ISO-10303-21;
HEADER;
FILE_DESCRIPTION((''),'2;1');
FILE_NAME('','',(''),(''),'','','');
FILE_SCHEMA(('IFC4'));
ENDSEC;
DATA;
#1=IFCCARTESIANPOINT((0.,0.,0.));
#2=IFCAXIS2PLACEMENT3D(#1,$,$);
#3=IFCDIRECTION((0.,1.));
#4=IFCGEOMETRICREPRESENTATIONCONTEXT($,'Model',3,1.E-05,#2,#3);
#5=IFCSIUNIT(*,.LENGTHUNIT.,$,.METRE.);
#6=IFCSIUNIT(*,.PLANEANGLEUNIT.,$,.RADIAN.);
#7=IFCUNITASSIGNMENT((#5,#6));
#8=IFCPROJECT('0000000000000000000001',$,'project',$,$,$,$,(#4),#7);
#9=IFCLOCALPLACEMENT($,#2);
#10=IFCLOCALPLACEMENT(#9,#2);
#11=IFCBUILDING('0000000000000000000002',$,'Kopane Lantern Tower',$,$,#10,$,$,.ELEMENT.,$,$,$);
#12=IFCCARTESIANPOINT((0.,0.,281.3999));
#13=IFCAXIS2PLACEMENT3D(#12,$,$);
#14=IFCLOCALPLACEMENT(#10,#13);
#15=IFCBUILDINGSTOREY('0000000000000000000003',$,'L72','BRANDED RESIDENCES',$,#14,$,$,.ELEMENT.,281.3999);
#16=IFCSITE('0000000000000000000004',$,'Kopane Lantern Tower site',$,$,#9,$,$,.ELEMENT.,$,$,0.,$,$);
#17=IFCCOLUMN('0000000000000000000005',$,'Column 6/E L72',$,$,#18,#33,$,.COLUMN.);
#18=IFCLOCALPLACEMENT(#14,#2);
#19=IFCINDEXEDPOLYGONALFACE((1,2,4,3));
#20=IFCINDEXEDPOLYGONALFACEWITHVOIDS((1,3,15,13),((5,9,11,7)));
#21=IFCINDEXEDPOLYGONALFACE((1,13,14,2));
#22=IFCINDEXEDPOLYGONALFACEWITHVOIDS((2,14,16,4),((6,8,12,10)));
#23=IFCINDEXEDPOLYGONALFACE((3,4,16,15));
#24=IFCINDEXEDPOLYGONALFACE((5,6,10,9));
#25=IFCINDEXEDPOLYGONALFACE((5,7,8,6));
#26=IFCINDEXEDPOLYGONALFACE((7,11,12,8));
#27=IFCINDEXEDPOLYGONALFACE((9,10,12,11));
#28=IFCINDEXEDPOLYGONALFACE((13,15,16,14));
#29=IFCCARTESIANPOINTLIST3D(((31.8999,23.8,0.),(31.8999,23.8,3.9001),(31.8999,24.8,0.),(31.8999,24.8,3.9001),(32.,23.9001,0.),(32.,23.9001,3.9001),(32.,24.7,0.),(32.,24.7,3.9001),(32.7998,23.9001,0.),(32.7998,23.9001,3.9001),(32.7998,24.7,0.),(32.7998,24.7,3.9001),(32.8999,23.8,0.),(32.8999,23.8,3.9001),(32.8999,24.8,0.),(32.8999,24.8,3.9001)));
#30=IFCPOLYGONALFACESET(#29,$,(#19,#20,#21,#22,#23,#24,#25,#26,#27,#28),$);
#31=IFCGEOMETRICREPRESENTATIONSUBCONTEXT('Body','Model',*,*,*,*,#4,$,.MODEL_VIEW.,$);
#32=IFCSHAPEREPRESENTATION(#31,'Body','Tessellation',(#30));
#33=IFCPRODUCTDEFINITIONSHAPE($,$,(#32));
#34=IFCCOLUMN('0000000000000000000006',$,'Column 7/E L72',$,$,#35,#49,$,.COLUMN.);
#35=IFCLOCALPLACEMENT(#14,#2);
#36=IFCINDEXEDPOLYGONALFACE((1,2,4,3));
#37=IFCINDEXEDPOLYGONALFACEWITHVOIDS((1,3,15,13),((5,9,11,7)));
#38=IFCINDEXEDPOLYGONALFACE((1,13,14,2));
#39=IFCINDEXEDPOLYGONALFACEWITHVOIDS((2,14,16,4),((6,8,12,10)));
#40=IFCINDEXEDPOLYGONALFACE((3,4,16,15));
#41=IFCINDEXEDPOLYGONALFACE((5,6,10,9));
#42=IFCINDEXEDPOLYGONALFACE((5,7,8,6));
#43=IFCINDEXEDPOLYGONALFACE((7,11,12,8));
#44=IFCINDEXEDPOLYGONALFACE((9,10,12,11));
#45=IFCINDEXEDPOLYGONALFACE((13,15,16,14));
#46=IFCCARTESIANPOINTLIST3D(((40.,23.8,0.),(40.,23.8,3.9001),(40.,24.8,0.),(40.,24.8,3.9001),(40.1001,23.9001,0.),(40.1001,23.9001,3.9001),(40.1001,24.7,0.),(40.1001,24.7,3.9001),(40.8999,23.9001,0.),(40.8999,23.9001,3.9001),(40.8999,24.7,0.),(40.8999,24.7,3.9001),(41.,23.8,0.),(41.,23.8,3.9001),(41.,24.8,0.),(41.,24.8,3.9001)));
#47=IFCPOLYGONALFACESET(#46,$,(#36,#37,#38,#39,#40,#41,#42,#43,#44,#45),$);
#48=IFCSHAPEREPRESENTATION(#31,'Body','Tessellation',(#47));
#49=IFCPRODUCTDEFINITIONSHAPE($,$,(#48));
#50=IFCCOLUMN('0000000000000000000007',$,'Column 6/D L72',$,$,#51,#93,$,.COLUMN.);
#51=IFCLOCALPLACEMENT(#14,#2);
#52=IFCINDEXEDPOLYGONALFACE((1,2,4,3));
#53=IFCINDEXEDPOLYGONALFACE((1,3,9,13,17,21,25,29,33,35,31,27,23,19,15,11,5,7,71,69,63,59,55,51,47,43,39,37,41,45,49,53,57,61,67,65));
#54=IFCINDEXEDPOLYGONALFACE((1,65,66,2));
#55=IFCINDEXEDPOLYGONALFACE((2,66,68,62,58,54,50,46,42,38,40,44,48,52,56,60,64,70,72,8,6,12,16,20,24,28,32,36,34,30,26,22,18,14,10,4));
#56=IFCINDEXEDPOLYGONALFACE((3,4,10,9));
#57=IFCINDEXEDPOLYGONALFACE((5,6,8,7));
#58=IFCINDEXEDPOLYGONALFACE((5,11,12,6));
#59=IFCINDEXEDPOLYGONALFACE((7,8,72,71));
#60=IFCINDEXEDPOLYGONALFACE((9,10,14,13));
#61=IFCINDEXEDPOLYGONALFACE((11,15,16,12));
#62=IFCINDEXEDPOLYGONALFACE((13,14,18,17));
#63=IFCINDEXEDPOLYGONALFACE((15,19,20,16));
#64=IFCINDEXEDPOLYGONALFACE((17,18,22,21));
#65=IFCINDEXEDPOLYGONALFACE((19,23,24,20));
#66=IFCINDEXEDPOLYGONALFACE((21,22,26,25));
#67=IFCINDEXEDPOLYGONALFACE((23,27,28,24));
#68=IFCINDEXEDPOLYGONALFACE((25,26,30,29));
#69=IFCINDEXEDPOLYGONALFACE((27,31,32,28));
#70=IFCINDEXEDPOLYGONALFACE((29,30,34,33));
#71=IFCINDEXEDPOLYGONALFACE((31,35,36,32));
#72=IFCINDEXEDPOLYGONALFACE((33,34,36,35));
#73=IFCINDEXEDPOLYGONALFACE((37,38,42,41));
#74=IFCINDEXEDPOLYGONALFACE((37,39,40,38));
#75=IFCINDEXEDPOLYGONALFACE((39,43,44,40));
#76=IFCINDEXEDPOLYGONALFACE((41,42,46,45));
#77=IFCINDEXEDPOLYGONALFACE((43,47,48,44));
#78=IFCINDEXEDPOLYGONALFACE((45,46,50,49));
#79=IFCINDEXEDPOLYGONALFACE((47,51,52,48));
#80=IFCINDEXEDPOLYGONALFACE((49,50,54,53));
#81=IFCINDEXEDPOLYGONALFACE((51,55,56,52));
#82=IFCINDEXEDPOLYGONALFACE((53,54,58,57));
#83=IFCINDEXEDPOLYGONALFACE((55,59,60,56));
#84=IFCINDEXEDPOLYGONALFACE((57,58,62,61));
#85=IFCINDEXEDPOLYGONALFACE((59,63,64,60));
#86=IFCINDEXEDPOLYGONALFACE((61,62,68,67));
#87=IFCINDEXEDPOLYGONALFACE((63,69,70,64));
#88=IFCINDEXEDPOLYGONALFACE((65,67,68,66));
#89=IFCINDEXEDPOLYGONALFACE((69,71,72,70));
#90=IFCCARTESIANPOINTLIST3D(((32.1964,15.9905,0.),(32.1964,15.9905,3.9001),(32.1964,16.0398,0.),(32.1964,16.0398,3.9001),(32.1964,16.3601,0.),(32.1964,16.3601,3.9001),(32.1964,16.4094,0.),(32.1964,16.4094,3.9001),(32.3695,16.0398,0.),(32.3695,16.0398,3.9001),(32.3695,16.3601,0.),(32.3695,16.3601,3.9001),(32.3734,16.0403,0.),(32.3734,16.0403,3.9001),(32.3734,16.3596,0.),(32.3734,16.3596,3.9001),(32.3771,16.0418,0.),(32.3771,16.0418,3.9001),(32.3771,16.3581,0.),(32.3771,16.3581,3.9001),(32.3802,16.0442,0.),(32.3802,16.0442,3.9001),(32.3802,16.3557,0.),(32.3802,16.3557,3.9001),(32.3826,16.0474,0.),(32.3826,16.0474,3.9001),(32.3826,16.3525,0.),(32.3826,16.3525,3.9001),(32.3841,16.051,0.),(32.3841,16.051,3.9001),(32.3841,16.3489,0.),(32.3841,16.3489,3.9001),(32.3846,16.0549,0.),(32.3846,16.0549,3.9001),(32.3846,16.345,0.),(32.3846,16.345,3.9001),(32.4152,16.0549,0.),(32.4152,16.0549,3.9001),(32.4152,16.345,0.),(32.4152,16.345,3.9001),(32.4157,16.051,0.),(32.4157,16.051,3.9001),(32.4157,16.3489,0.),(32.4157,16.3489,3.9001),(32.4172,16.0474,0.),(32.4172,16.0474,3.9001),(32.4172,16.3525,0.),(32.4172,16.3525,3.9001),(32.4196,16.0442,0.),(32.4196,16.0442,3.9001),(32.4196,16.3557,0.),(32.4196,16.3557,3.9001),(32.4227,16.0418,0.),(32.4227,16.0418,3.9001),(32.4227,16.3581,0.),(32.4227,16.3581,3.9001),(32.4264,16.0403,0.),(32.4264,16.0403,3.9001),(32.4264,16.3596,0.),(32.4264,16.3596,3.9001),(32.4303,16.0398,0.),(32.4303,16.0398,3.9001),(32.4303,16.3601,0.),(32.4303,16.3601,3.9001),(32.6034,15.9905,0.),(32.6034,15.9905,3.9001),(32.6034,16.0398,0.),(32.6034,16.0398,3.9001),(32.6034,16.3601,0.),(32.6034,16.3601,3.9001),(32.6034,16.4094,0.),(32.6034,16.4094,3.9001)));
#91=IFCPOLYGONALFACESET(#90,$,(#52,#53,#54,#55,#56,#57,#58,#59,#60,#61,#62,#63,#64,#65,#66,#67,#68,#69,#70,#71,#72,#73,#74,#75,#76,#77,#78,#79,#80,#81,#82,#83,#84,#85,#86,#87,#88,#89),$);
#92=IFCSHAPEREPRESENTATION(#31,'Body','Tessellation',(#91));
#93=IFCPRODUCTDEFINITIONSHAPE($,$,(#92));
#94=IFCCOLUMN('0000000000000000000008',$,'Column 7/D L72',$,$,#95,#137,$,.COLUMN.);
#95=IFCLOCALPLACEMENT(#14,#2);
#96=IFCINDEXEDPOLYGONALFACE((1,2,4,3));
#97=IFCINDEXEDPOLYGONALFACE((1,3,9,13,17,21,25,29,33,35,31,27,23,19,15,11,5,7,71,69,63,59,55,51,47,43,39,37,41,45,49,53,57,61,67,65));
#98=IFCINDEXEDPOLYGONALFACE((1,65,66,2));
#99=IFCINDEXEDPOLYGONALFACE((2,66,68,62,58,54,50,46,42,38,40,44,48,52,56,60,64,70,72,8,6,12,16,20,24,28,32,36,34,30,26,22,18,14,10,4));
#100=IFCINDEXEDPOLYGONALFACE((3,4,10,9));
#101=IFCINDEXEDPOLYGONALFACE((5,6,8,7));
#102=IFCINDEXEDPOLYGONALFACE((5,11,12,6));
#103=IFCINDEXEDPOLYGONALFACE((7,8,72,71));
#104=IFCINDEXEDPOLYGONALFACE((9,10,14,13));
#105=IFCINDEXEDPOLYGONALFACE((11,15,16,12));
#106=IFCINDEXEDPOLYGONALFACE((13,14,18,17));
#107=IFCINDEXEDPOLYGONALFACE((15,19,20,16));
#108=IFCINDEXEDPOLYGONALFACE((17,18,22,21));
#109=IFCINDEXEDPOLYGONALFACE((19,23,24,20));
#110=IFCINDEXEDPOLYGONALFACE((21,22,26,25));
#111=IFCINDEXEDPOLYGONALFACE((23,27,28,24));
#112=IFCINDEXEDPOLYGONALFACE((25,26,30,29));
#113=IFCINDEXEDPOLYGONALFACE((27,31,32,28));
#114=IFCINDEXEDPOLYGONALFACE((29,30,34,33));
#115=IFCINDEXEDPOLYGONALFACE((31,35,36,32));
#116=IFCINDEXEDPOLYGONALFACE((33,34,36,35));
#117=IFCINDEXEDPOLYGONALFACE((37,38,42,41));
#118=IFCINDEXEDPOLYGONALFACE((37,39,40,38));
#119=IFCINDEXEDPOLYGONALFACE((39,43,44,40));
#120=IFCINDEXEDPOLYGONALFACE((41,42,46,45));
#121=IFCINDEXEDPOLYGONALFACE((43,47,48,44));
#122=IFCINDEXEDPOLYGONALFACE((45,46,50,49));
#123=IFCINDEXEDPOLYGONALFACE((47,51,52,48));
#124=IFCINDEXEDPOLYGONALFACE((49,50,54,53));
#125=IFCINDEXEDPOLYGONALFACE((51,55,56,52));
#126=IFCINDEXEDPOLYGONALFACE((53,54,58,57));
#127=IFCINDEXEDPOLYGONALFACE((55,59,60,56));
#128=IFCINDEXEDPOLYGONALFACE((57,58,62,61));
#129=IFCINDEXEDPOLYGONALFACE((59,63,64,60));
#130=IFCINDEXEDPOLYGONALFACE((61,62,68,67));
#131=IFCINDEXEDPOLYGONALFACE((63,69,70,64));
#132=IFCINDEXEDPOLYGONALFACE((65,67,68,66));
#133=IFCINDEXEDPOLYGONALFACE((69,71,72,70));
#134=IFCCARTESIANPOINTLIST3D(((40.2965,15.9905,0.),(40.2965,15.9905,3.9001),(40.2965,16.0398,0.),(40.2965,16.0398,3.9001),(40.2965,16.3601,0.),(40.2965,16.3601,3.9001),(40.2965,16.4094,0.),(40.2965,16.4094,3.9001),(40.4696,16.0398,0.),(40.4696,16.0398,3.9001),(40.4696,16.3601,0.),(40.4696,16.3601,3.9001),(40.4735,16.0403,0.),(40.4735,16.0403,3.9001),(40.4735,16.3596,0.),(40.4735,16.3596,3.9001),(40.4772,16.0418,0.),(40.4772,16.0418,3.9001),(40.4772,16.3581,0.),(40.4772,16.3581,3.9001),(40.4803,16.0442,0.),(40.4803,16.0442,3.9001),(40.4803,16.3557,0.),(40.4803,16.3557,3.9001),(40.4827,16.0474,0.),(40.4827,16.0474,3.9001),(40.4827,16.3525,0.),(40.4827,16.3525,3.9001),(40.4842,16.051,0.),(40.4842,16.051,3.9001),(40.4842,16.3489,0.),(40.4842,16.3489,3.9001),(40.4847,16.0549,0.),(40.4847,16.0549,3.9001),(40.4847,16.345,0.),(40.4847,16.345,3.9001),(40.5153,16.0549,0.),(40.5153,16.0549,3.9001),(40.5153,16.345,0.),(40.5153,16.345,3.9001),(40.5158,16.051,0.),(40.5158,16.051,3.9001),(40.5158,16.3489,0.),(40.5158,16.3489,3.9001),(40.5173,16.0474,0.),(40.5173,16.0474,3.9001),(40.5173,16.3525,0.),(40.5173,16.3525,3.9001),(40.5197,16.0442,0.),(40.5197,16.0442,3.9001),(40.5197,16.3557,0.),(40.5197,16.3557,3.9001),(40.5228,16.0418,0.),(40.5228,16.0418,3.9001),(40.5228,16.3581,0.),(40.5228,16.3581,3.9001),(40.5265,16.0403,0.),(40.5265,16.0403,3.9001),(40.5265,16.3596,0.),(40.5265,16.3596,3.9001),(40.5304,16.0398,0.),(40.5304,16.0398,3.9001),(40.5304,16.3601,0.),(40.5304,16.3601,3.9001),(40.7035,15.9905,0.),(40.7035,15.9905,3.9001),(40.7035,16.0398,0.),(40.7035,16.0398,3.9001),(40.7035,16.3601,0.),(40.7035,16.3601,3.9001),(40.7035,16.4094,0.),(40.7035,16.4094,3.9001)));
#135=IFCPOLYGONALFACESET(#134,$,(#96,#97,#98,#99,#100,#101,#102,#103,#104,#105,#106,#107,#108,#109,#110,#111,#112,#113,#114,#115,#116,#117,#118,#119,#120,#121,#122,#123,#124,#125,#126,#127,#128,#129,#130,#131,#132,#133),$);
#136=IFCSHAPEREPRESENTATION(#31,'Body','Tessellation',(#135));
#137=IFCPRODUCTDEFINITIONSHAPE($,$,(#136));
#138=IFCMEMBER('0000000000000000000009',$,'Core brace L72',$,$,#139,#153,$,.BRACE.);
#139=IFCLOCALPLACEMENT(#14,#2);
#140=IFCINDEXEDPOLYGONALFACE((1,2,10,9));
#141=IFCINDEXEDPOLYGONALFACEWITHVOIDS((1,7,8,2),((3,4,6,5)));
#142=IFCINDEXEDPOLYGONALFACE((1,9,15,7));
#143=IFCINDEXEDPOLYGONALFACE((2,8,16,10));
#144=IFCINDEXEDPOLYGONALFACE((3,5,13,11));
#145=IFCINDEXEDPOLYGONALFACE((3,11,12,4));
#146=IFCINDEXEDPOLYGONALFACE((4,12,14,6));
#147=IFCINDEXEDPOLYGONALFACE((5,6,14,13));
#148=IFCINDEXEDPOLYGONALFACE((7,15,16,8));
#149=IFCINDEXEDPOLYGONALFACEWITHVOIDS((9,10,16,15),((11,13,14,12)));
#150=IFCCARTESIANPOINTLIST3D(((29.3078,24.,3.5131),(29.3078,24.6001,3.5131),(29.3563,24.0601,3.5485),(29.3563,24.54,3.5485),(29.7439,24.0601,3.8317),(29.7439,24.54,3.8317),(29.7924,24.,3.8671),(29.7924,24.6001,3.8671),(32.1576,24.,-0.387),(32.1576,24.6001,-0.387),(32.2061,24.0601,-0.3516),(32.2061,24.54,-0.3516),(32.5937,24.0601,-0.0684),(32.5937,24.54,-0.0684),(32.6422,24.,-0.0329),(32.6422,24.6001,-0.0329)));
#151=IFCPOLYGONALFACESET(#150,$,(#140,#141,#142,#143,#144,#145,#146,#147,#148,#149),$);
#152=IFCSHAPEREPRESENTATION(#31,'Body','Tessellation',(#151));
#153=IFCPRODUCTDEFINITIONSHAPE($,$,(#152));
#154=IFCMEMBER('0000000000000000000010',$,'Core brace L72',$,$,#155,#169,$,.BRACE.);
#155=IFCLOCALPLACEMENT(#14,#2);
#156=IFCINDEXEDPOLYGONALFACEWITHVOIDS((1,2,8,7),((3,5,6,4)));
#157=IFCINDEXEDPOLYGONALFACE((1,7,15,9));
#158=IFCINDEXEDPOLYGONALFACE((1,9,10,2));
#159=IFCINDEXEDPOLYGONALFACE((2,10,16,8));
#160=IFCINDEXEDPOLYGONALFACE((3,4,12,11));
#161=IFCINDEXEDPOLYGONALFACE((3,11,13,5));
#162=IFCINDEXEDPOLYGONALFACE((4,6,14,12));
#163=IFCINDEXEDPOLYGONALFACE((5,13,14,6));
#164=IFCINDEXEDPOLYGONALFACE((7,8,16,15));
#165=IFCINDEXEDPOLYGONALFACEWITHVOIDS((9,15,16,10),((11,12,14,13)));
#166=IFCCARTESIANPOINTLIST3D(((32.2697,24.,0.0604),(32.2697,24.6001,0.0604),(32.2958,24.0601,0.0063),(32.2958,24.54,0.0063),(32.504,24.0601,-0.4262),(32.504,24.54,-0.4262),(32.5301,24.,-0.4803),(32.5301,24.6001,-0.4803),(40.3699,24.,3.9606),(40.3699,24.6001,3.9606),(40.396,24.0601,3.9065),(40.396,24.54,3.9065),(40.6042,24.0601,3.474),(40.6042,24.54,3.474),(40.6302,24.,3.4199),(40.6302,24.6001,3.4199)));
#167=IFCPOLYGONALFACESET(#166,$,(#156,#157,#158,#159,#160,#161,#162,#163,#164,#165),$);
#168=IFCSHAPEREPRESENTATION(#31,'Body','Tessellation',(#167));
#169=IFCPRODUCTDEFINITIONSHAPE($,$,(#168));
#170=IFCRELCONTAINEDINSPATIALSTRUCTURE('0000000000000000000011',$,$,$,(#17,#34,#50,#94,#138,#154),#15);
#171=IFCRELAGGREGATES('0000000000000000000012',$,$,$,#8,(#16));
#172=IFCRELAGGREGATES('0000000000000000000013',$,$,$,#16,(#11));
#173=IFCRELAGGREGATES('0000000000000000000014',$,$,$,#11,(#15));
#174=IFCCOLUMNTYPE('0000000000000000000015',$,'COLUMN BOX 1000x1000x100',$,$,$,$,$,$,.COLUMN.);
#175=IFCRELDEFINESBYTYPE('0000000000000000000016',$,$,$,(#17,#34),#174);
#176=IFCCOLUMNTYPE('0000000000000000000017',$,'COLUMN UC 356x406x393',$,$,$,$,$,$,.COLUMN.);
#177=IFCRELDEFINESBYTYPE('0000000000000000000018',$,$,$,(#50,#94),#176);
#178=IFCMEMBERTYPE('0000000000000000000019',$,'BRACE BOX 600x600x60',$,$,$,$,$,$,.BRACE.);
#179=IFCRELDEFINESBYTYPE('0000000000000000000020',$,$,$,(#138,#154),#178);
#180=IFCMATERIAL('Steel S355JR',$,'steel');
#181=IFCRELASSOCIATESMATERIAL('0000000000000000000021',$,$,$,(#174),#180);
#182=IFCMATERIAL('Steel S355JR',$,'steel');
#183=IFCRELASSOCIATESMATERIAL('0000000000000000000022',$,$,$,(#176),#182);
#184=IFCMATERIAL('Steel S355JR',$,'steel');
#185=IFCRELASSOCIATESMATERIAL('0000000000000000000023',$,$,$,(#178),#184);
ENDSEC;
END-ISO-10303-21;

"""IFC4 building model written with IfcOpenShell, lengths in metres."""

from ifc_helpers import new_model, si_unit, direction, frame, origin, origin_2d, place, context, subcontext, project, spatial, hollow_rectangle, i_section, extrude, material, material_profile, profile_set, type_object, element, save


model = new_model("IFC4")

# Units and contexts
model_context = context("Model", 3, precision=1e-05, world=origin(), true_north=direction((0.0, 1.0)))
body_context = subcontext(model_context, "Body", "Model", "MODEL_VIEW")
ifc_project = project(units=[si_unit("LENGTHUNIT", "METRE"), si_unit("PLANEANGLEUNIT", "RADIAN")], contexts=[model_context])

# Site, building, storey
site_placement = place(None, origin())
site = spatial("IfcSite", under=ifc_project, at=site_placement, Name="Kopane Lantern Tower site", CompositionType="ELEMENT", RefElevation=0.0)
building_placement = place(site_placement, origin())
building = spatial("IfcBuilding", under=site, at=building_placement, Name="Kopane Lantern Tower", CompositionType="ELEMENT")
storey_placement = place(building_placement, frame((0.0, 0.0, 281.3999)))
storey = spatial("IfcBuildingStorey", under=building, at=storey_placement, Name="L72", Description="BRANDED RESIDENCES", CompositionType="ELEMENT", Elevation=281.3999)

# Columns
ifc_material_1 = material(Name="Steel S355JR", Category="steel")
ifc_material_profile_1 = material_profile(ifc_material_1, hollow_rectangle(XDim=1.0, YDim=1.0, WallThickness=0.1001, at=origin_2d()), Name="BOX 1000x1000x100")
ifc_profile_set_1 = profile_set([ifc_material_profile_1], Name="Steel S355JR")
column_type_1 = type_object("IfcColumnType", Name="COLUMN BOX 1000x1000x100", PredefinedType="COLUMN", material=ifc_profile_set_1)
for number, where, z_axis, x_axis, name in (
    (1, (32.3999, 24.3, 0.0), (0.0, 0.0, 1.0), (1.0, 0.0, 0.0), "Column 6/E L72"),
    (2, (40.5, 24.3, 0.0), (0.0, 0.0, 1.0), (1.0, 0.0, 0.0), "Column 7/E L72"),
):
    element("IfcColumn", number, at=place(storey_placement, frame(where, z_axis=z_axis, x_axis=x_axis)), inside=storey, type_object=column_type_1, Name=name, PredefinedType="COLUMN", context=body_context, shape_type="SweptSolid", body=[
        extrude(hollow_rectangle(XDim=1.0, YDim=1.0, WallThickness=0.1001, at=origin_2d()), origin(), (0.0, 0.0, 1.0), 3.9001),
    ])
ifc_material_2 = material(Name="Steel S355JR", Category="steel")
ifc_material_profile_2 = material_profile(ifc_material_2, i_section(OverallWidth=0.407, OverallDepth=0.4189, WebThickness=0.0305, FlangeThickness=0.0493, FilletRadius=0.0151, at=origin_2d()), Name="UC 356x406x393")
ifc_profile_set_2 = profile_set([ifc_material_profile_2], Name="Steel S355JR")
column_type_2 = type_object("IfcColumnType", Name="COLUMN UC 356x406x393", PredefinedType="COLUMN", material=ifc_profile_set_2)
for number, where, z_axis, x_axis, name in (
    (3, (32.3999, 16.2, 0.0), (0.0, 0.0, 1.0), (1.0, 0.0, 0.0), "Column 6/D L72"),
    (4, (40.5, 16.2, 0.0), (0.0, 0.0, 1.0), (1.0, 0.0, 0.0), "Column 7/D L72"),
):
    element("IfcColumn", number, at=place(storey_placement, frame(where, z_axis=z_axis, x_axis=x_axis)), inside=storey, type_object=column_type_2, Name=name, PredefinedType="COLUMN", context=body_context, shape_type="SweptSolid", body=[
        extrude(i_section(OverallWidth=0.407, OverallDepth=0.4189, WebThickness=0.0305, FlangeThickness=0.0493, FilletRadius=0.0151, at=origin_2d()), origin(), (0.0, 0.0, 1.0), 3.9001),
    ])

# Members
ifc_material_3 = material(Name="Steel S355JR", Category="steel")
ifc_material_profile_3 = material_profile(ifc_material_3, hollow_rectangle(XDim=0.6001, YDim=0.6001, WallThickness=0.0601, at=origin_2d()), Name="BOX 600x600x60")
ifc_profile_set_3 = profile_set([ifc_material_profile_3], Name="Steel S355JR")
member_type = type_object("IfcMemberType", Name="BRACE BOX 600x600x60", PredefinedType="BRACE", material=ifc_profile_set_3)
member_1_placement = place(storey_placement, frame((32.3999, 24.3, -0.21), z_axis=(-0.589982, 0.0, 0.807416), x_axis=(0.0, -1.0, 0.0)))
element("IfcMember", 5, at=member_1_placement, inside=storey, type_object=member_type, Name="Core brace L72", PredefinedType="BRACE", context=body_context, shape_type="SweptSolid", body=[
    extrude(hollow_rectangle(XDim=0.6001, YDim=0.6001, WallThickness=0.0601, at=origin_2d()), origin(), (0.0, 0.0, 1.0), 4.8303),
])
member_2_placement = place(storey_placement, frame((32.3999, 24.3, -0.21), z_axis=(0.900997, 0.0, 0.433825), x_axis=(0.0, 1.0, 0.0)))
element("IfcMember", 6, at=member_2_placement, inside=storey, type_object=member_type, Name="Core brace L72", PredefinedType="BRACE", context=body_context, shape_type="SweptSolid", body=[
    extrude(hollow_rectangle(XDim=0.6001, YDim=0.6001, WallThickness=0.0601, at=origin_2d()), origin(), (0.0, 0.0, 1.0), 8.9902),
])

save(model, "model.ifc")
